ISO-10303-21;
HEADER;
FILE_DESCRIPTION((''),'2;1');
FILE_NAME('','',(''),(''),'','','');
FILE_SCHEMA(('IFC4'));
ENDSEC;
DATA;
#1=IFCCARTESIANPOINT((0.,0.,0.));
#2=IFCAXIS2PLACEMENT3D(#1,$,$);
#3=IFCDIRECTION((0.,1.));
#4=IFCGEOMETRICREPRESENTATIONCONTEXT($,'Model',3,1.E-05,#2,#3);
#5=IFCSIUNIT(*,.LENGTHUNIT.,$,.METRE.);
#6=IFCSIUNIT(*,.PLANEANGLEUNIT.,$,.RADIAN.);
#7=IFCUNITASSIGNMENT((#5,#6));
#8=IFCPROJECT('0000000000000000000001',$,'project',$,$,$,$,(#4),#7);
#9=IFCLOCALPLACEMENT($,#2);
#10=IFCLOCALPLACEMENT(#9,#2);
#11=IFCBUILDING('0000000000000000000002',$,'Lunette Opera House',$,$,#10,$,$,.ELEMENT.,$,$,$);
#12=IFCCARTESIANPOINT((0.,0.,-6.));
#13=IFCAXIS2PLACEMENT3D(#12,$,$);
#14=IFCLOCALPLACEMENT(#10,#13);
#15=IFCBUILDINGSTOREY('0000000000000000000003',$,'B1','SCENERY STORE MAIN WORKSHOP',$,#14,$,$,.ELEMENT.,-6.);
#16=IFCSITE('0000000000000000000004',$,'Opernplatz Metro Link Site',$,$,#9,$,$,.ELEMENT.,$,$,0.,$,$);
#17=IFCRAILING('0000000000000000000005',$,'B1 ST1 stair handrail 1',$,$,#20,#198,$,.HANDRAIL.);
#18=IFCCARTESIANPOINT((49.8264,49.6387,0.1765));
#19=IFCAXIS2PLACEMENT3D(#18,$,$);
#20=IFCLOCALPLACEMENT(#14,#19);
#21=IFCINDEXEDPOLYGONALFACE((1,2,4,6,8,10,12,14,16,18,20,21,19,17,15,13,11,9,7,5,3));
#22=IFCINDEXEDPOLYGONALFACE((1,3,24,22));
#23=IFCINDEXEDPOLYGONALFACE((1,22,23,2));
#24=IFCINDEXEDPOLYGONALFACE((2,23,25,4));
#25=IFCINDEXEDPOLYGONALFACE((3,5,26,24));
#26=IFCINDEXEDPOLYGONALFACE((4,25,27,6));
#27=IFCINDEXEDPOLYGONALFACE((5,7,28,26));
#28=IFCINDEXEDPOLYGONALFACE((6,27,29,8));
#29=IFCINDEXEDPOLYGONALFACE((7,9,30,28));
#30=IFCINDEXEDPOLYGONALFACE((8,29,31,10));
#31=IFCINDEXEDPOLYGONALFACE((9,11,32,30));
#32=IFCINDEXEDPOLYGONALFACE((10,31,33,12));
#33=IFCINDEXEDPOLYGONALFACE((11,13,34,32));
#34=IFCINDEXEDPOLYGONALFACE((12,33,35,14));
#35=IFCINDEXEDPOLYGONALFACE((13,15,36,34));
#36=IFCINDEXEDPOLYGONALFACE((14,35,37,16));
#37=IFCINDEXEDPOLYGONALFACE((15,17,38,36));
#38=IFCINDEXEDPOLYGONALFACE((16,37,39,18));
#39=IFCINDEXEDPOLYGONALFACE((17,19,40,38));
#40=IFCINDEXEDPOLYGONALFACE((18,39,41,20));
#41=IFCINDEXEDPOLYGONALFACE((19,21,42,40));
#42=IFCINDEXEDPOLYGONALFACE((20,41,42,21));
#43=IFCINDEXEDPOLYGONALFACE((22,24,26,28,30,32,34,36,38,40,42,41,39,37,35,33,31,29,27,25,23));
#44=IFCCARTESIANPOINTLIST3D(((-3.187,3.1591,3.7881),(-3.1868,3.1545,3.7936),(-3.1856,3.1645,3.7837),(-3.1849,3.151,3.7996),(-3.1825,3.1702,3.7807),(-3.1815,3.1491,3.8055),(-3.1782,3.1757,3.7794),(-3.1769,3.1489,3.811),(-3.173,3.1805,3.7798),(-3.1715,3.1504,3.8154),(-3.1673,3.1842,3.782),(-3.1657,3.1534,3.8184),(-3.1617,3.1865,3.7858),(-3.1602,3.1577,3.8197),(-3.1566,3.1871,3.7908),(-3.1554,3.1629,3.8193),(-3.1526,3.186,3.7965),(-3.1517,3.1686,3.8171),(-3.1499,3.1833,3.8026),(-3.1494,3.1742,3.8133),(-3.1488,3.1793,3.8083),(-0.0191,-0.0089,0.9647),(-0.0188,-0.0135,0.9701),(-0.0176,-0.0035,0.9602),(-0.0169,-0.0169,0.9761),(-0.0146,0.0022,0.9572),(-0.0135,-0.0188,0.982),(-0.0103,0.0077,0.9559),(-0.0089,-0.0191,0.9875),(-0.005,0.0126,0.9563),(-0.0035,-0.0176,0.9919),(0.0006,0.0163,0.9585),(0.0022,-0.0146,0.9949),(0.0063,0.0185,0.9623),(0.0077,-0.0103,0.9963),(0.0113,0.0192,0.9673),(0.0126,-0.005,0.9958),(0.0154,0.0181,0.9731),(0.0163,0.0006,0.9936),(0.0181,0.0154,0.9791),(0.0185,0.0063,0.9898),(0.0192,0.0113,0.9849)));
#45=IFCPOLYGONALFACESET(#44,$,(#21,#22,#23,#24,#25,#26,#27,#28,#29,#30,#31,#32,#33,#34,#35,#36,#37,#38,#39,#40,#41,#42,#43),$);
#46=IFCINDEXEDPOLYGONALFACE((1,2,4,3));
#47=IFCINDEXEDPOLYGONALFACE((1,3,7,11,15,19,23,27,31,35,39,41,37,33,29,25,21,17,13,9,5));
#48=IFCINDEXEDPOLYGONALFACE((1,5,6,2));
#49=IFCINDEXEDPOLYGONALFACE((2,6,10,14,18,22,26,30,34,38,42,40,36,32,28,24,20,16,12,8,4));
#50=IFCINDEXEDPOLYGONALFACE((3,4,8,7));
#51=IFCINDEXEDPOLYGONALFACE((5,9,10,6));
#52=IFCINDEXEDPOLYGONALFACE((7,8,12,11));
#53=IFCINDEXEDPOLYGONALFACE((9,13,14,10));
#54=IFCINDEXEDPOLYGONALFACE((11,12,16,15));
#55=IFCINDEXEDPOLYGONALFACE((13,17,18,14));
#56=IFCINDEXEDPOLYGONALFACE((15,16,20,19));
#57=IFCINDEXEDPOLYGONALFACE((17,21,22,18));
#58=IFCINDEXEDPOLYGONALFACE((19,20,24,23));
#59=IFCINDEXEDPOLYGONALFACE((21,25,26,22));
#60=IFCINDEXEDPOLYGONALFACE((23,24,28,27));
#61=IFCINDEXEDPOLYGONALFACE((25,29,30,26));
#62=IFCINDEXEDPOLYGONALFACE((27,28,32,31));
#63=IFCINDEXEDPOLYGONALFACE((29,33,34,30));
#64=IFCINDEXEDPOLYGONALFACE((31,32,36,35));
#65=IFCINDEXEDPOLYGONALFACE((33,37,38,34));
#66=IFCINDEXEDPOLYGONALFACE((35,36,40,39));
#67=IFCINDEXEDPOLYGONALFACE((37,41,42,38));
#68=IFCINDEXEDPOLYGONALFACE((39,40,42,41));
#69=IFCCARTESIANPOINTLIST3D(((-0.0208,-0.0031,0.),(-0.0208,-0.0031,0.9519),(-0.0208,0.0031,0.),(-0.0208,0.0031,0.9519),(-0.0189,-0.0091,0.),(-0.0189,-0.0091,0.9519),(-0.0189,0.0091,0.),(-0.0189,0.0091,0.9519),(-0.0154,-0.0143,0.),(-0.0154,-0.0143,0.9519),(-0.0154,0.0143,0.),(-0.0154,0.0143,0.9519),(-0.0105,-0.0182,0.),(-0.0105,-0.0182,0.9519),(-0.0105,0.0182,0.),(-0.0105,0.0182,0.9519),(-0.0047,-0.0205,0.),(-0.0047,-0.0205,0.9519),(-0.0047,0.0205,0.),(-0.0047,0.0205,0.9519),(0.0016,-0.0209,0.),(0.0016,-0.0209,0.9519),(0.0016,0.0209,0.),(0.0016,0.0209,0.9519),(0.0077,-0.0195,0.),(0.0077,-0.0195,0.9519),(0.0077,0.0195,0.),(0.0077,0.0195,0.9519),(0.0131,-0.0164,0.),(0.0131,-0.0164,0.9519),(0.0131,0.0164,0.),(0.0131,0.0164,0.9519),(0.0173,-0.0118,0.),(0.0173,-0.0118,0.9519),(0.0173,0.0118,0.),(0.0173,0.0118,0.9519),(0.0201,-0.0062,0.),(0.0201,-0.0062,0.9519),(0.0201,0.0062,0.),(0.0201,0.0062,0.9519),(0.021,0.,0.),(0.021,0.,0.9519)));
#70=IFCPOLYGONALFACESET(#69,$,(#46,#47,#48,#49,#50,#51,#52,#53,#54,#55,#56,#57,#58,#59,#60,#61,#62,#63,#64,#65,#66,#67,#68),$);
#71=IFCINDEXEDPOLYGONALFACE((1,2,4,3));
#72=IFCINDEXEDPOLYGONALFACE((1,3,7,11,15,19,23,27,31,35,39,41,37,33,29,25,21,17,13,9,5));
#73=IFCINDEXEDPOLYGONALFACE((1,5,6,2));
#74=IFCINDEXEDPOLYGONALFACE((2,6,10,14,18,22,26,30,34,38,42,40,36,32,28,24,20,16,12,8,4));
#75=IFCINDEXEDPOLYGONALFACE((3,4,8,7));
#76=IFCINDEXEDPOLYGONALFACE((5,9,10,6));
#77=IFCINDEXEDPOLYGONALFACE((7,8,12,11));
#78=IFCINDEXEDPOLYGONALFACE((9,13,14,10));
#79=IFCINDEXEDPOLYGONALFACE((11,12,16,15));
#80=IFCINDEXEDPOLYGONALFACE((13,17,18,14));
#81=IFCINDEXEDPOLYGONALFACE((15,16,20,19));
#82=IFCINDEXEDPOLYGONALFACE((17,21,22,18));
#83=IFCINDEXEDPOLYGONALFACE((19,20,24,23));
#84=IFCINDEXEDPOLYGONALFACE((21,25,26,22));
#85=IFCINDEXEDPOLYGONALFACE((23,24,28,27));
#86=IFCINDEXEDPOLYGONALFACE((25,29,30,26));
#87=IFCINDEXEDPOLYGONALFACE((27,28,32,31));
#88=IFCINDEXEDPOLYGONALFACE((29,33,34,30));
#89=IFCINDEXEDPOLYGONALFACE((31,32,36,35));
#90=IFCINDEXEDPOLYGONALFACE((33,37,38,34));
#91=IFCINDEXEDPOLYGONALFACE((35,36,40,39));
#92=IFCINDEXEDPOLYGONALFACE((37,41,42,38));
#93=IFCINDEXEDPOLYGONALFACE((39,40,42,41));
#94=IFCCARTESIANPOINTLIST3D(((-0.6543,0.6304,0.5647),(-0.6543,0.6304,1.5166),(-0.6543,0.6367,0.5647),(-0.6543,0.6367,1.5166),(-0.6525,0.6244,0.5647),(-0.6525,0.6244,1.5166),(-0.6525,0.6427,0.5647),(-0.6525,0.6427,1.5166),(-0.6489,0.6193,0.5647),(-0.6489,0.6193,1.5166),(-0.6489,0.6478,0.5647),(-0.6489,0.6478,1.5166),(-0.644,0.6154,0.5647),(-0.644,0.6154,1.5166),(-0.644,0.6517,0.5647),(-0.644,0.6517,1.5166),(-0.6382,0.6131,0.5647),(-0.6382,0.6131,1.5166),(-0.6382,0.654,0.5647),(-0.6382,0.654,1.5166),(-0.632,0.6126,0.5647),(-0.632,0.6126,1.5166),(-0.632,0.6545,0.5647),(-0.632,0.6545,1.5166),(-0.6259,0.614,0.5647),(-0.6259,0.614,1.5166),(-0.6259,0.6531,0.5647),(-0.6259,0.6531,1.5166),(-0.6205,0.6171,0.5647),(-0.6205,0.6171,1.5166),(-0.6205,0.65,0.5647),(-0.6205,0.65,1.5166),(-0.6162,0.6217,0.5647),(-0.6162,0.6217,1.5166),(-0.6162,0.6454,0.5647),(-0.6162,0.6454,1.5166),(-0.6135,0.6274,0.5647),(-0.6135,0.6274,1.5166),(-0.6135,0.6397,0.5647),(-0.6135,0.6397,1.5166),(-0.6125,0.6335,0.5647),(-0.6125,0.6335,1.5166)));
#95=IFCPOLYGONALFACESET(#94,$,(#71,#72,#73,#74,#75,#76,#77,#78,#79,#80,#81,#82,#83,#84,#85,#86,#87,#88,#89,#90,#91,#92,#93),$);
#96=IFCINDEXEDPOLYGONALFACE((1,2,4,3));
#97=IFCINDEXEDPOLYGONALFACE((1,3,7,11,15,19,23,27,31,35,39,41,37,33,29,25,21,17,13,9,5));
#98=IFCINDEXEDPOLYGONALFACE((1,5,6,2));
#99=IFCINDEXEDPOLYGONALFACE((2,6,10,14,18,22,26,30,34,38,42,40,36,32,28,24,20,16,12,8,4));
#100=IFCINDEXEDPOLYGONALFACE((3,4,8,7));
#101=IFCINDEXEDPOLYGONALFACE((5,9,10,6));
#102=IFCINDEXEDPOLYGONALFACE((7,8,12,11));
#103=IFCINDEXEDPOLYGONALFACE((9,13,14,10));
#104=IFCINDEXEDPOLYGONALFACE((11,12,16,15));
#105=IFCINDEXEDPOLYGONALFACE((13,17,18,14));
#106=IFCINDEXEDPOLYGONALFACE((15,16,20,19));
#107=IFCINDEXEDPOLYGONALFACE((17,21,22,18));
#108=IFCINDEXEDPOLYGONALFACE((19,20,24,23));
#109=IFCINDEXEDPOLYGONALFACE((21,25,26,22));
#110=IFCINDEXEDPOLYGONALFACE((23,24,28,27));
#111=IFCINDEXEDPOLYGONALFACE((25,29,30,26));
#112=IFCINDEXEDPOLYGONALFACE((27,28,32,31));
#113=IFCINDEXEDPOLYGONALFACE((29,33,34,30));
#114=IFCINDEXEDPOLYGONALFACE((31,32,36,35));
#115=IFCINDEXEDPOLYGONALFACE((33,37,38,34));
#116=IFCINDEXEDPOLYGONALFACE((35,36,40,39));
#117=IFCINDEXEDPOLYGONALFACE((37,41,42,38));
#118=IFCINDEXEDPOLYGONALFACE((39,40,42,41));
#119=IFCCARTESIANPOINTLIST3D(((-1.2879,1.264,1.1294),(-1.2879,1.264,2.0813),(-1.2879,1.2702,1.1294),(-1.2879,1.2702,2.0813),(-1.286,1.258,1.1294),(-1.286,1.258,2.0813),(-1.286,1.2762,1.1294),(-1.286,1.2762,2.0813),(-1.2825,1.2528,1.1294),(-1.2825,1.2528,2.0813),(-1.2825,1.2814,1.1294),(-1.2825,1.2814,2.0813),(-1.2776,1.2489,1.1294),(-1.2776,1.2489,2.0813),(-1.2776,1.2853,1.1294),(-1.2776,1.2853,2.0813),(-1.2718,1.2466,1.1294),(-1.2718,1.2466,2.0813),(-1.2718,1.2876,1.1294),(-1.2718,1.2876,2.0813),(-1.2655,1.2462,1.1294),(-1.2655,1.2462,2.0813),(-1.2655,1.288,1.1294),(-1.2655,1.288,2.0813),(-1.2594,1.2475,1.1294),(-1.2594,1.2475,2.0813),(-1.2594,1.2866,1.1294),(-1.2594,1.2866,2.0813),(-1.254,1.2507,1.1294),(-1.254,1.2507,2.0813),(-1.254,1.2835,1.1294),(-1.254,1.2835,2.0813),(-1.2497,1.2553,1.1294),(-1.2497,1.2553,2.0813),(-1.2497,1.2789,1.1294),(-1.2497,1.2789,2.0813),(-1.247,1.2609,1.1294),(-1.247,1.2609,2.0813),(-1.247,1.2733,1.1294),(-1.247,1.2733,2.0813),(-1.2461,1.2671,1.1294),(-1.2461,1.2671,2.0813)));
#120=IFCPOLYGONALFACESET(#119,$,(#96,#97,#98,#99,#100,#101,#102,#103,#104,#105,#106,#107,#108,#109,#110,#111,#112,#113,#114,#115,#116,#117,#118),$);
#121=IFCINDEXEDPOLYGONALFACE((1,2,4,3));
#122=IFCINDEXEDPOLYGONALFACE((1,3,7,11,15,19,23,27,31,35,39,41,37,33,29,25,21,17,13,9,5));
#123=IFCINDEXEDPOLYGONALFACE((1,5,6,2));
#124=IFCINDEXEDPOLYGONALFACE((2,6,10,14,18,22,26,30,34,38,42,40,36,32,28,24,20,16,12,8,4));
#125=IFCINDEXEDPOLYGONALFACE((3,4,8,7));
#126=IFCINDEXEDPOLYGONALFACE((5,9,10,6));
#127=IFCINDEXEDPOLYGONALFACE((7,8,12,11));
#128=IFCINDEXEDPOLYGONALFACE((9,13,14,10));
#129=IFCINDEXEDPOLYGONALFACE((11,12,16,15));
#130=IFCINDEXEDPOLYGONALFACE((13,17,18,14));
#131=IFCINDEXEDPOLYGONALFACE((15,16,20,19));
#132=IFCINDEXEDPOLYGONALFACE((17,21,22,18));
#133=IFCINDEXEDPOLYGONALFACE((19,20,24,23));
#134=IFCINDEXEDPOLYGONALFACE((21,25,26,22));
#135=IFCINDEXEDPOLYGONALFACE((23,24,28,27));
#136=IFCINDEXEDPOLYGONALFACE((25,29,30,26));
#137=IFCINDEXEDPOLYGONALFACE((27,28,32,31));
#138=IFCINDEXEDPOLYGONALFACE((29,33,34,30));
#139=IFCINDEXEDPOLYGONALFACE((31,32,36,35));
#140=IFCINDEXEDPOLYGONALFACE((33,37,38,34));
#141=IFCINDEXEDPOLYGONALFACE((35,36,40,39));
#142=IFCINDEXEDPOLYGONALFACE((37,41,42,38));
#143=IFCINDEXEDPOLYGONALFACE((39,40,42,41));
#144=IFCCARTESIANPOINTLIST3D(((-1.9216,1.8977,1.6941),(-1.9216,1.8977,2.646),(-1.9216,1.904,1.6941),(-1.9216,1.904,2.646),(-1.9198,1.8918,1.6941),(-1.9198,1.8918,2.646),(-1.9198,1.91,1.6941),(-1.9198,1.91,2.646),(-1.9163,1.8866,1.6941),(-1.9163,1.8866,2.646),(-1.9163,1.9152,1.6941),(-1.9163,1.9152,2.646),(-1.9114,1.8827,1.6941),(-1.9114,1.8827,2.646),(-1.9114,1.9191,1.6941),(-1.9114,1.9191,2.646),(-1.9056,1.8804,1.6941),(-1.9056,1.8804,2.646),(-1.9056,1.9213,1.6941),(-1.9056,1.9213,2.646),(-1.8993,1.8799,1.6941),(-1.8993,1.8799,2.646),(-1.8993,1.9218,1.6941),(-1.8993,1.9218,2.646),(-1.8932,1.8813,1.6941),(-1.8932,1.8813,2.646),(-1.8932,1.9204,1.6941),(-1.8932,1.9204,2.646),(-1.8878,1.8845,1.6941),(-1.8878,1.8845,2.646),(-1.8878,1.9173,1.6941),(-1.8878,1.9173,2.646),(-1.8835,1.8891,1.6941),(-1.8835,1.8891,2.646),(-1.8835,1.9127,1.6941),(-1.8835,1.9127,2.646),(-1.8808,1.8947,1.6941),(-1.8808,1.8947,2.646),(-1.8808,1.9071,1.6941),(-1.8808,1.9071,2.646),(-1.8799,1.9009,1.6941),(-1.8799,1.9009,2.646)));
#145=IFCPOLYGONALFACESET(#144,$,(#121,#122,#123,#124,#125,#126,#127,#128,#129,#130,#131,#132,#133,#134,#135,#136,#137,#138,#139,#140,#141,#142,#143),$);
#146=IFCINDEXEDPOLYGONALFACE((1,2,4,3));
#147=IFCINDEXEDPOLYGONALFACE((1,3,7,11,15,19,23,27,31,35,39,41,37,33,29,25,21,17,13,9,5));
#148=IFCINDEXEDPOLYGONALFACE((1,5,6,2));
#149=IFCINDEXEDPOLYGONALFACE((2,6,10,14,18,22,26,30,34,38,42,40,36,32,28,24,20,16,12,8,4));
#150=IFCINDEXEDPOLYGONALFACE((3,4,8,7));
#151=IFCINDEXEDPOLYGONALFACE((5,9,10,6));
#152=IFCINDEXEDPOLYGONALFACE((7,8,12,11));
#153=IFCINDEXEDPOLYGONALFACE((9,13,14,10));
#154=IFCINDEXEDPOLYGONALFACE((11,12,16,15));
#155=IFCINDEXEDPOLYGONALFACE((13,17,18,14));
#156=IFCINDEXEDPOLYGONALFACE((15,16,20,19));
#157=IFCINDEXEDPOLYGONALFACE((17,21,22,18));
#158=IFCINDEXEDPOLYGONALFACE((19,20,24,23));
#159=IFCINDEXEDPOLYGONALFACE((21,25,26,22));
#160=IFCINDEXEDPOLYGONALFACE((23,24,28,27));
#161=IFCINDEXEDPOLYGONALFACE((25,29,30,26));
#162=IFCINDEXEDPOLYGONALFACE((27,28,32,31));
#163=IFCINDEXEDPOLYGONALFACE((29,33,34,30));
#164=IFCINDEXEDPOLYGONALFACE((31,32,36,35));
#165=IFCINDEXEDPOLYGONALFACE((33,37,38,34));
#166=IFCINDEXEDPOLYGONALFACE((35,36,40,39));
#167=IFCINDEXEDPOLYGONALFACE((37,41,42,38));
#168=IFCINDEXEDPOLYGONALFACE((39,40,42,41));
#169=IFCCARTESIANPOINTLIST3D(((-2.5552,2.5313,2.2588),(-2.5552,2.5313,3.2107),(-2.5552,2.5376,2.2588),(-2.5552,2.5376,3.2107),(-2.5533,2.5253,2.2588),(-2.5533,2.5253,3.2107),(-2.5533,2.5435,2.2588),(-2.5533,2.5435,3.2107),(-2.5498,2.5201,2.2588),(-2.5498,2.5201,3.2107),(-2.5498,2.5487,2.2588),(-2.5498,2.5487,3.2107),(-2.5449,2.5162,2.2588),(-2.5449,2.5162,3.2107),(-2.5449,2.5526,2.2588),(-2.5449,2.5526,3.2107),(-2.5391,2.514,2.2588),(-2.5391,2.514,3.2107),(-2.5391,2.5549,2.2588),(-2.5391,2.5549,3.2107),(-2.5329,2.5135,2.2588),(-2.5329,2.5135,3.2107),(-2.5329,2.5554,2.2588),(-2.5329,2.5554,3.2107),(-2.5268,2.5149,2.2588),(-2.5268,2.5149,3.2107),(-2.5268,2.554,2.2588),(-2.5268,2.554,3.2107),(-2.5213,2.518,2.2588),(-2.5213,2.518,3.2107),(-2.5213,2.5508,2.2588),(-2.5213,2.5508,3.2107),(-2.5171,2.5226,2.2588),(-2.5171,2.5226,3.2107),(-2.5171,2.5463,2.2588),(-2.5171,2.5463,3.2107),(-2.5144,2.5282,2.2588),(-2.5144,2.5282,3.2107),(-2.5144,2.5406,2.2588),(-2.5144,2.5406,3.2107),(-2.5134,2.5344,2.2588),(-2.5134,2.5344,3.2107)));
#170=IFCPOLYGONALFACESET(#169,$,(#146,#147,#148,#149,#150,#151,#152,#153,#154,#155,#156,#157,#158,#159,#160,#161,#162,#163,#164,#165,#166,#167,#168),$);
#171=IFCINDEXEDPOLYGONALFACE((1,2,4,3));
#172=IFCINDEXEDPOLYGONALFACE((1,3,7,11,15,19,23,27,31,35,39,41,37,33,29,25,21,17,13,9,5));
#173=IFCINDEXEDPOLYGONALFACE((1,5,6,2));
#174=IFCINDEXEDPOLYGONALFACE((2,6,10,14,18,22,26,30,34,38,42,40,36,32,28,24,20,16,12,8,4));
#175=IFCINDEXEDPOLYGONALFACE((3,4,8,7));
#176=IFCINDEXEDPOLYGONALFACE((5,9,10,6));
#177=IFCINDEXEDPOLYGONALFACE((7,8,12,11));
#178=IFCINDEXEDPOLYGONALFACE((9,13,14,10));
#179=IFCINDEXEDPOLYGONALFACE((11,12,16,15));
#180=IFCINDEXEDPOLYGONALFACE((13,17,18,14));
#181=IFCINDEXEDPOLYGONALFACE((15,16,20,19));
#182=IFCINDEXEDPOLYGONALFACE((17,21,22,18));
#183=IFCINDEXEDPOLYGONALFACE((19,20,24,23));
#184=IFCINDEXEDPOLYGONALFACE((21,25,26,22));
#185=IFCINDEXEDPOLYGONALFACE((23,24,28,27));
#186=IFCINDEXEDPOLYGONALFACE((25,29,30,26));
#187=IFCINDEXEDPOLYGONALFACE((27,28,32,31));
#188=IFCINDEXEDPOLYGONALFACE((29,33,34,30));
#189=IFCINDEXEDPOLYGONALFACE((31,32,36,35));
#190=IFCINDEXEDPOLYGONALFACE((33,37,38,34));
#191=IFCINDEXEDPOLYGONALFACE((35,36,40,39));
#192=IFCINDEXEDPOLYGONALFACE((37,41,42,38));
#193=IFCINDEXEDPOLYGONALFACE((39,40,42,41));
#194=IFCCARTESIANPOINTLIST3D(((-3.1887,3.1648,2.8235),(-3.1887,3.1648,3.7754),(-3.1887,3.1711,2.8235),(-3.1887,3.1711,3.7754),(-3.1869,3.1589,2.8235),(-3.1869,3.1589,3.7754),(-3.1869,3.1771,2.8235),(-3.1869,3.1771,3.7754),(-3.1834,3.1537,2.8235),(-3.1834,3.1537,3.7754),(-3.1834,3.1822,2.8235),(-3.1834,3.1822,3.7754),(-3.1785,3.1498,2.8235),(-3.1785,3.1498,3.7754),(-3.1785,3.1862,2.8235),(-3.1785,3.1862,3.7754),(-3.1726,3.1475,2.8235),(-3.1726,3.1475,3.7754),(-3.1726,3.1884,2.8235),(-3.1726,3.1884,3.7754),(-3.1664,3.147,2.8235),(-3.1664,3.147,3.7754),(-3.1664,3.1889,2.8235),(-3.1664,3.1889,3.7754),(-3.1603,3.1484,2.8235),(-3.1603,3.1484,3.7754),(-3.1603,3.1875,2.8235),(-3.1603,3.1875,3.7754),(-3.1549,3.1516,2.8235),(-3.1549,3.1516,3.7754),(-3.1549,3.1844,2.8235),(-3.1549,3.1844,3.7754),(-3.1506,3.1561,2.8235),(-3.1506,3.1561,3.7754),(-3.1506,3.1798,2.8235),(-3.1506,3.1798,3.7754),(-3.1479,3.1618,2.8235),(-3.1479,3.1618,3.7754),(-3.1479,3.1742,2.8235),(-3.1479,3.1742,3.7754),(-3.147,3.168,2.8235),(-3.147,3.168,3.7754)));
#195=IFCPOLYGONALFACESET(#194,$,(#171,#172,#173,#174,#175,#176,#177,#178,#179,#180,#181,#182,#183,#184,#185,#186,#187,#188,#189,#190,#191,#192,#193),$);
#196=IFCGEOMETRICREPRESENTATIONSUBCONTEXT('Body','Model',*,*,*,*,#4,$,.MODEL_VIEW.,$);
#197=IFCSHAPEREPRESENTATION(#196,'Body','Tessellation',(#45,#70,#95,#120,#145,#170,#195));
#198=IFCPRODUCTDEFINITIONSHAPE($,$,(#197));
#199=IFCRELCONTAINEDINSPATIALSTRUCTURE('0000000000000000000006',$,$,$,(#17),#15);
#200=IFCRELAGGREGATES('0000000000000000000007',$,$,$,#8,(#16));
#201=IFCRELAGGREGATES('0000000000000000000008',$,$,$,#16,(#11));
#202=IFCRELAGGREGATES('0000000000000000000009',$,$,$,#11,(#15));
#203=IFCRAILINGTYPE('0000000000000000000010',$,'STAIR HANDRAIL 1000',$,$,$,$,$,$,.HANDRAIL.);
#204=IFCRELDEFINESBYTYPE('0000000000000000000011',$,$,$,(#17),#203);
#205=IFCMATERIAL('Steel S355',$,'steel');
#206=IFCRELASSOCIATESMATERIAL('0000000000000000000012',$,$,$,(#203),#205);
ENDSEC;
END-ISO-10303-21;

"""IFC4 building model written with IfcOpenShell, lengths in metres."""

from ifc_helpers import new_model, si_unit, direction, frame, origin, origin_2d, place, context, subcontext, project, spatial, circle, extrude, material, type_object, element, save


model = new_model("IFC4")

# Units and contexts
model_context = context("Model", 3, precision=1e-05, world=origin(), true_north=direction((0.0, 1.0)))
body_context = subcontext(model_context, "Body", "Model", "MODEL_VIEW")
ifc_project = project(units=[si_unit("LENGTHUNIT", "METRE"), si_unit("PLANEANGLEUNIT", "RADIAN")], contexts=[model_context])

# Site, building, storey
site_placement = place(None, origin())
site = spatial("IfcSite", under=ifc_project, at=site_placement, Name="Opernplatz Metro Link Site", CompositionType="ELEMENT", RefElevation=0.0)
building_placement = place(site_placement, origin())
building = spatial("IfcBuilding", under=site, at=building_placement, Name="Lunette Opera House", CompositionType="ELEMENT")
storey_placement = place(building_placement, frame((0.0, 0.0, -6.0)))
storey = spatial("IfcBuildingStorey", under=building, at=storey_placement, Name="B1", Description="SCENERY STORE MAIN WORKSHOP", CompositionType="ELEMENT", Elevation=-6.0)

# Railing
ifc_material_1 = material(Name="Steel S355", Category="steel")
railing_type_1 = type_object("IfcRailingType", Name="STAIR HANDRAIL 1000", PredefinedType="HANDRAIL", material=ifc_material_1)
railing_1_placement = place(storey_placement, frame((49.8264, 49.6387, 0.1765)))
element("IfcRailing", 1, at=railing_1_placement, inside=storey, type_object=railing_type_1, Name="B1 ST1 stair handrail 1", PredefinedType="HANDRAIL", context=body_context, shape_type="SweptSolid", body=[
    extrude(circle(Radius=0.0239, at=origin_2d()), frame((0.0, 0.0, 0.9761), z_axis=(-0.598219, 0.598219, 0.533169), x_axis=(-0.707107, -0.707107, 0.0)), (0.0, 0.0, 1.0), 5.2957),
    extrude(circle(Radius=0.021, at=origin_2d()), origin(), (0.0, 0.0, 1.0), 0.9519),
    extrude(circle(Radius=0.021, at=origin_2d()), frame((-0.6335, 0.6335, 0.5647)), (0.0, 0.0, 1.0), 0.9519),
    extrude(circle(Radius=0.021, at=origin_2d()), frame((-1.2671, 1.2671, 1.1294)), (0.0, 0.0, 1.0), 0.9519),
    extrude(circle(Radius=0.021, at=origin_2d()), frame((-1.9009, 1.9009, 1.6941)), (0.0, 0.0, 1.0), 0.9519),
    extrude(circle(Radius=0.021, at=origin_2d()), frame((-2.5344, 2.5344, 2.2588)), (0.0, 0.0, 1.0), 0.9519),
    extrude(circle(Radius=0.021, at=origin_2d()), frame((-3.168, 3.168, 2.8235)), (0.0, 0.0, 1.0), 0.9519),
])

save(model, "model.ifc")
